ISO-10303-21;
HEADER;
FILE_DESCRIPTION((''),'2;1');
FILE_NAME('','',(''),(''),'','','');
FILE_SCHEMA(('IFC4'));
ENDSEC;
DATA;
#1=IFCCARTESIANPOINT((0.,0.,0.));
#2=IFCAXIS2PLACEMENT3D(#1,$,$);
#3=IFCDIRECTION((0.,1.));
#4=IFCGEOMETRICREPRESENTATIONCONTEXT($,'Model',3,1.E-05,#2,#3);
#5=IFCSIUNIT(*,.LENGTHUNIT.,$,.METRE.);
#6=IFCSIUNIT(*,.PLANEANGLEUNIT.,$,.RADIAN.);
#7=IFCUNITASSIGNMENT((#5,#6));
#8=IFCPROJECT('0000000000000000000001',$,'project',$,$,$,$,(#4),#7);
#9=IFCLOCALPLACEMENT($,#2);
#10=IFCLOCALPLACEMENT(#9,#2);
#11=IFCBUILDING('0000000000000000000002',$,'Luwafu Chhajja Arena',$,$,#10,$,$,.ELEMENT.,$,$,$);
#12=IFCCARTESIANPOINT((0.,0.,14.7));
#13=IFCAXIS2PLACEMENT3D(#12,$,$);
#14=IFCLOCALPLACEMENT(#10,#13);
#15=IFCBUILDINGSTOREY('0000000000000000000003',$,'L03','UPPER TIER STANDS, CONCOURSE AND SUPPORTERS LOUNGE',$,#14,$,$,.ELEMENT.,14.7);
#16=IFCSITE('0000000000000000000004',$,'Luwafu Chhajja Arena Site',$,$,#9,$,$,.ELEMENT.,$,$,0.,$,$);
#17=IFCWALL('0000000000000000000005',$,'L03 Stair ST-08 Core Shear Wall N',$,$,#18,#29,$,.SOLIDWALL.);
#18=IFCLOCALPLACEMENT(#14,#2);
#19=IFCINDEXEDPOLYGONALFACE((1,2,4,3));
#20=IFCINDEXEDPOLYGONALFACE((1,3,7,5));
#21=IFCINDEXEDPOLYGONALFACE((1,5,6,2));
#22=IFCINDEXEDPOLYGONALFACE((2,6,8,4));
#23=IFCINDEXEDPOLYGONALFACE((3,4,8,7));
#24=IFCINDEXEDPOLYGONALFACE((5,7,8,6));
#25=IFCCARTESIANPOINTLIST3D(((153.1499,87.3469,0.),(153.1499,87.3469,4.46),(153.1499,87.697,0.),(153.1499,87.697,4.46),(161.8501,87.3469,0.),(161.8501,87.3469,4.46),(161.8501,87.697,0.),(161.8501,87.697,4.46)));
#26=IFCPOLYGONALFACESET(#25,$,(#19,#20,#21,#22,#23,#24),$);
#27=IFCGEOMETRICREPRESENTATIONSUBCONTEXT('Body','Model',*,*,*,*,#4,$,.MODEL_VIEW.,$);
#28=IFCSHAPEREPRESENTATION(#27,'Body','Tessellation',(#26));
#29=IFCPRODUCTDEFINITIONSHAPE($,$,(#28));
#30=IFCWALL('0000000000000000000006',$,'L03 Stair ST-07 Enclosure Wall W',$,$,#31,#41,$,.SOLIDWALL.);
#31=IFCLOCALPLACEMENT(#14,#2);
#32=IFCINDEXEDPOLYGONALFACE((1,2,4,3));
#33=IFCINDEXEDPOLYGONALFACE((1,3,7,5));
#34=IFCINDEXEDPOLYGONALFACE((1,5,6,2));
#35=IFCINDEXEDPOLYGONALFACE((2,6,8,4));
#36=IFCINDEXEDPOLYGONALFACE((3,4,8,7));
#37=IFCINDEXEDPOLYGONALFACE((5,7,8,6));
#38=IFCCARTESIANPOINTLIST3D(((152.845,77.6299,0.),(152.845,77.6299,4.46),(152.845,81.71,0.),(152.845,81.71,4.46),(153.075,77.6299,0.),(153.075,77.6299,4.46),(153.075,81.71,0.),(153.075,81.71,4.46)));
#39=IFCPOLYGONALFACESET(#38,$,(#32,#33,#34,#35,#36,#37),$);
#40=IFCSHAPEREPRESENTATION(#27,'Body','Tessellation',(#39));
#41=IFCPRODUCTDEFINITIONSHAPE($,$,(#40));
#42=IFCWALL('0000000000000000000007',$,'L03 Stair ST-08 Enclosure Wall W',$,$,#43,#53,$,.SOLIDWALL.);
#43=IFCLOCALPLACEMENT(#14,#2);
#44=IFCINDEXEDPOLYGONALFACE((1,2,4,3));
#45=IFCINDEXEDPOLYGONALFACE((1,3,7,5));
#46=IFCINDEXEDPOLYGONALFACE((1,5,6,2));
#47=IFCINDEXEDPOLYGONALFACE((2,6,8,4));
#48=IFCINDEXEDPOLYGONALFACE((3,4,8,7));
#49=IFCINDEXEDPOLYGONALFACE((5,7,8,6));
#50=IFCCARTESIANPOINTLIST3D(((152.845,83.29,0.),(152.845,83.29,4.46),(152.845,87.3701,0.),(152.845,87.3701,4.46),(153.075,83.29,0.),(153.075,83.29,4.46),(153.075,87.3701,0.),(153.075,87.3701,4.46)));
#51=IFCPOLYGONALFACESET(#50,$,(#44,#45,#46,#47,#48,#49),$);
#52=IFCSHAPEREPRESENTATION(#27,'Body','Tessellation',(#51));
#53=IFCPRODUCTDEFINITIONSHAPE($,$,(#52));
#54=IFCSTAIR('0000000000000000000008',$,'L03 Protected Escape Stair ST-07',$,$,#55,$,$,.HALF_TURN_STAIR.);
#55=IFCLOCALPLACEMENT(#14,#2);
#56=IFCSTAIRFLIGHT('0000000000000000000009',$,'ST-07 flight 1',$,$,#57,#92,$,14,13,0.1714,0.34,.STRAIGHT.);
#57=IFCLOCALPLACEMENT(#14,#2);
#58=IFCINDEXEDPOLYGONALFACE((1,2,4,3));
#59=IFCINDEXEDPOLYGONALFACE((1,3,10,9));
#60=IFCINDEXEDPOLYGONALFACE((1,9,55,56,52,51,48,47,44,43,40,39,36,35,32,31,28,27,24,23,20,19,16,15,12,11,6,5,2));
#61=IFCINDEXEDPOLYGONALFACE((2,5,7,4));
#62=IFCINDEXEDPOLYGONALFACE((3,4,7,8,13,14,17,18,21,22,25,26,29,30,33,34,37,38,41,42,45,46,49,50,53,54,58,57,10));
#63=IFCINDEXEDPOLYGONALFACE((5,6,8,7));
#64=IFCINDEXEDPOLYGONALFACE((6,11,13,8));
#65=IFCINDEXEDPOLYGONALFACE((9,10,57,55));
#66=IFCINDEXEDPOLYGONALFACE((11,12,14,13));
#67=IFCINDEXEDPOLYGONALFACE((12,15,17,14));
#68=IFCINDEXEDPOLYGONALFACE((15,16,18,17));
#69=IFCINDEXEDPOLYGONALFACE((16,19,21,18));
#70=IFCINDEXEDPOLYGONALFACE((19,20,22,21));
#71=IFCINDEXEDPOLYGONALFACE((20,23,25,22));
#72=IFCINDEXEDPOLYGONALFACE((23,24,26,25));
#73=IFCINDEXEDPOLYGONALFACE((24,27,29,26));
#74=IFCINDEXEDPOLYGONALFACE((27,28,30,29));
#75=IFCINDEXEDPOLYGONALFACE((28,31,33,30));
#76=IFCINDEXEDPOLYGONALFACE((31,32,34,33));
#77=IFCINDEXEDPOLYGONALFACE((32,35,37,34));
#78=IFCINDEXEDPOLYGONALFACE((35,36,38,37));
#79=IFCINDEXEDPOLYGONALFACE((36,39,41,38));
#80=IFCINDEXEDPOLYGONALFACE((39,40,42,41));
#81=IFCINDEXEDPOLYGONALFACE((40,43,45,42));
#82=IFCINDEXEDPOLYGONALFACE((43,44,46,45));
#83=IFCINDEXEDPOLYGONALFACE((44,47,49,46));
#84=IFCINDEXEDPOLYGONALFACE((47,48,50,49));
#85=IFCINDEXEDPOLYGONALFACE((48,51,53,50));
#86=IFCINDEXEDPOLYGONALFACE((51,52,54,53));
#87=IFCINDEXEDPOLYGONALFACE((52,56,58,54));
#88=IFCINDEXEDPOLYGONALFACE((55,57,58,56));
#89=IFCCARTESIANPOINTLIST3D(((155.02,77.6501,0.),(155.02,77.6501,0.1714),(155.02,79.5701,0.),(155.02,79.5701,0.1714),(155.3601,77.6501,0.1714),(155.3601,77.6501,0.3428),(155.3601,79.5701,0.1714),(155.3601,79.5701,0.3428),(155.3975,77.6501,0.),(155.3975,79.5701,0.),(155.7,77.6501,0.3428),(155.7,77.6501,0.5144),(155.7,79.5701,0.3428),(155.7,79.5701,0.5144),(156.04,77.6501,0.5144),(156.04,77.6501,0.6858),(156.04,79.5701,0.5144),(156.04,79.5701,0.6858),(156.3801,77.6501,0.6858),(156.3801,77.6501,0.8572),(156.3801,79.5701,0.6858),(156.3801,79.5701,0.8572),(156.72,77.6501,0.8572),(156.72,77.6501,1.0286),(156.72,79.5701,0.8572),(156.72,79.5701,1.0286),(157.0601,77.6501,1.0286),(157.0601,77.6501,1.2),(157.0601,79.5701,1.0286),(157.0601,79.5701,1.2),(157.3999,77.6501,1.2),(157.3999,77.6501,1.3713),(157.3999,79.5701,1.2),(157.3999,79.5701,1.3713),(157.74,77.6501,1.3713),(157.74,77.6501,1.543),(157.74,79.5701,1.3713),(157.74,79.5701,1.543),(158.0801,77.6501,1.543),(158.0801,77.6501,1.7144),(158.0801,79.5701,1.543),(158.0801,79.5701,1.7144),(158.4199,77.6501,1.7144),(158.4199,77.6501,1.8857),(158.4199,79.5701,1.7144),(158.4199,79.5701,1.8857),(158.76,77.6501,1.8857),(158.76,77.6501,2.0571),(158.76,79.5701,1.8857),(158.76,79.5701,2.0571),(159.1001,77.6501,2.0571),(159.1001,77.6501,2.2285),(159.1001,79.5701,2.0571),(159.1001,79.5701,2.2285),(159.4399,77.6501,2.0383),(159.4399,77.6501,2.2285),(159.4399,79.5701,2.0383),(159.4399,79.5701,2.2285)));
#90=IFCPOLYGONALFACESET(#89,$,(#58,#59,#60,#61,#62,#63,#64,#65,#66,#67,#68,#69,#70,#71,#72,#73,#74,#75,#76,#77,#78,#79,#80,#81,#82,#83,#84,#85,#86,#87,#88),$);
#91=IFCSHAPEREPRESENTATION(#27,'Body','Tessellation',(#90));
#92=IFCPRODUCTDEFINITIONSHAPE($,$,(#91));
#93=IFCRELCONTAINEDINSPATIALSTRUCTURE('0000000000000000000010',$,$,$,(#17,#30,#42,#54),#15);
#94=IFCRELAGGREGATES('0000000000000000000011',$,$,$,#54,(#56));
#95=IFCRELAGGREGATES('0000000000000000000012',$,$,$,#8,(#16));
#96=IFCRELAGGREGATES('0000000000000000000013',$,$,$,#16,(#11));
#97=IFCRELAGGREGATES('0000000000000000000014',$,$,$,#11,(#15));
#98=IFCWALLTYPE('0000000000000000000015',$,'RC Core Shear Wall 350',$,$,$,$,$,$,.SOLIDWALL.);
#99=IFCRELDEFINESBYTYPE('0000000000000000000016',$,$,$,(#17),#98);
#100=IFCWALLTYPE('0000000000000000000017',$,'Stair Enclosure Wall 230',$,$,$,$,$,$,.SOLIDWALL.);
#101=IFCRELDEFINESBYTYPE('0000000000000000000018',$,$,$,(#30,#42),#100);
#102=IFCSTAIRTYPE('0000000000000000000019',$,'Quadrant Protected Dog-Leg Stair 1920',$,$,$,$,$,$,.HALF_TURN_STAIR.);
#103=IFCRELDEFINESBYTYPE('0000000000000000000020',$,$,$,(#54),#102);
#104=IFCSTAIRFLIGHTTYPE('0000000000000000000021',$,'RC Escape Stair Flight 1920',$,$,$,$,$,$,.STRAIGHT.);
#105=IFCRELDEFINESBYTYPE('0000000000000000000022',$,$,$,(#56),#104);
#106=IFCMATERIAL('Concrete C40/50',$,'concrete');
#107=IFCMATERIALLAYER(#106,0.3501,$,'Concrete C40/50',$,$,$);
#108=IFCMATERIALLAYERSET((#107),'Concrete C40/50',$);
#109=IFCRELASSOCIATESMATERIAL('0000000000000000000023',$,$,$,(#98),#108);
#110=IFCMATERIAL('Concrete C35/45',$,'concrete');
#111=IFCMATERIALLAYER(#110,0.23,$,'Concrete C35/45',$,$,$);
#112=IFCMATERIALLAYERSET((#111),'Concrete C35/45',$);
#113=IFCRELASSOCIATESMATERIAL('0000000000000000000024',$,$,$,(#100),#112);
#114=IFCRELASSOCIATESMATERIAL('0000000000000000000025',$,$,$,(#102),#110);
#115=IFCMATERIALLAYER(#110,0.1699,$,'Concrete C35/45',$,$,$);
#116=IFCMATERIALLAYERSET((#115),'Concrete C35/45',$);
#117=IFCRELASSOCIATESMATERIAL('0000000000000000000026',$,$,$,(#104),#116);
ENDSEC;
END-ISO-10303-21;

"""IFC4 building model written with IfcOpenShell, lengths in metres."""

from ifc_helpers import new_model, si_unit, direction, frame, frame_2d, origin, place, context, subcontext, project, spatial, polyline, rectangle, outline, extrude, material, layer, layer_set, type_object, element, aggregate, save


model = new_model("IFC4")

# Units and contexts
model_context = context("Model", 3, precision=1e-05, world=origin(), true_north=direction((0.0, 1.0)))
body_context = subcontext(model_context, "Body", "Model", "MODEL_VIEW")
ifc_project = project(units=[si_unit("LENGTHUNIT", "METRE"), si_unit("PLANEANGLEUNIT", "RADIAN")], contexts=[model_context])

# Site, building, storey
site_placement = place(None, origin())
site = spatial("IfcSite", under=ifc_project, at=site_placement, Name="Luwafu Chhajja Arena Site", CompositionType="ELEMENT", RefElevation=0.0)
building_placement = place(site_placement, origin())
building = spatial("IfcBuilding", under=site, at=building_placement, Name="Luwafu Chhajja Arena", CompositionType="ELEMENT")
storey_placement = place(building_placement, frame((0.0, 0.0, 14.7)))
storey = spatial("IfcBuildingStorey", under=building, at=storey_placement, Name="L03", Description="UPPER TIER STANDS, CONCOURSE AND SUPPORTERS LOUNGE", CompositionType="ELEMENT", Elevation=14.7)

# Shared definitions
ifc_material_1 = material(Name="Concrete C40/50", Category="concrete")
ifc_layer_1 = layer(ifc_material_1, 0.3501, Name="Concrete C40/50")
ifc_layer_set_1 = layer_set([ifc_layer_1], Name="Concrete C40/50")
wall_type_1 = type_object("IfcWallType", Name="RC Core Shear Wall 350", PredefinedType="SOLIDWALL", material=ifc_layer_set_1)

# Walls
wall_1_placement = place(storey_placement, frame((153.1499, 87.522, 0.0), z_axis=(0.0, 0.0, 1.0), x_axis=(1.0, 0.0, 0.0)))
element("IfcWall", 1, at=wall_1_placement, inside=storey, type_object=wall_type_1, Name="L03 Stair ST-08 Core Shear Wall N", PredefinedType="SOLIDWALL", context=body_context, shape_type="SweptSolid", body=[
    extrude(rectangle(XDim=8.7002, YDim=0.3501, at=frame_2d((4.3501, 0.0))), origin(), (0.0, 0.0, 1.0), 4.46),
])
ifc_material_2 = material(Name="Concrete C35/45", Category="concrete")
ifc_layer_2 = layer(ifc_material_2, 0.23, Name="Concrete C35/45")
ifc_layer_set_2 = layer_set([ifc_layer_2], Name="Concrete C35/45")
wall_type_2 = type_object("IfcWallType", Name="Stair Enclosure Wall 230", PredefinedType="SOLIDWALL", material=ifc_layer_set_2)
for number, where, z_axis, x_axis, name in (
    (2, (152.96, 77.6299, 0.0), (0.0, 0.0, 1.0), (0.0, 1.0, 0.0), "L03 Stair ST-07 Enclosure Wall W"),
    (3, (152.96, 83.29, 0.0), (0.0, 0.0, 1.0), (0.0, 1.0, 0.0), "L03 Stair ST-08 Enclosure Wall W"),
):
    element("IfcWall", number, at=place(storey_placement, frame(where, z_axis=z_axis, x_axis=x_axis)), inside=storey, type_object=wall_type_2, Name=name, PredefinedType="SOLIDWALL", context=body_context, shape_type="SweptSolid", body=[
        extrude(rectangle(XDim=4.0801, YDim=0.23, at=frame_2d((2.04, 0.0))), origin(), (0.0, 0.0, 1.0), 4.46),
    ])

# Stair, stair flight
stair_type = type_object("IfcStairType", Name="Quadrant Protected Dog-Leg Stair 1920", PredefinedType="HALF_TURN_STAIR", material=ifc_material_2)
stair_placement = place(storey_placement, origin())
stair = element("IfcStair", 4, at=stair_placement, inside=storey, type_object=stair_type, Name="L03 Protected Escape Stair ST-07", PredefinedType="HALF_TURN_STAIR")
ifc_layer_3 = layer(ifc_material_2, 0.1699, Name="Concrete C35/45")
ifc_layer_set_3 = layer_set([ifc_layer_3], Name="Concrete C35/45")
stair_flight_type = type_object("IfcStairFlightType", Name="RC Escape Stair Flight 1920", PredefinedType="STRAIGHT", material=ifc_layer_set_3)
stair_flight_placement = place(storey_placement, frame((155.02, 78.6101, 0.0), z_axis=(0.0, 0.0, 1.0), x_axis=(1.0, 0.0, 0.0)))
stair_flight = element("IfcStairFlight", 5, at=stair_flight_placement, type_object=stair_flight_type, Name="ST-07 flight 1", NumberOfRisers=14, NumberOfTreads=13, PredefinedType="STRAIGHT", RiserHeight=0.1714, TreadLength=0.34, context=body_context, shape_type="SweptSolid", body=[
    extrude(outline(polyline([(0.0, 0.0), (0.0, 0.1714), (0.3401, 0.1714), (0.3401, 0.3428), (0.6799, 0.3428), (0.6799, 0.5144), (1.02, 0.5144), (1.02, 0.6858), (1.3601, 0.6858), (1.3601, 0.8572), (1.7, 0.8572), (1.7, 1.0286), (2.04, 1.0286), (2.04, 1.2), (2.3799, 1.2), (2.3799, 1.3713), (2.72, 1.3713), (2.72, 1.543), (3.0601, 1.543), (3.0601, 1.7144), (3.3999, 1.7144), (3.3999, 1.8857), (3.74, 1.8857), (3.74, 2.0571), (4.0801, 2.0571), (4.0801, 2.2285), (4.4199, 2.2285), (4.4199, 2.3999), (4.4199, 2.0383), (0.3774, 0.0), (0.0, 0.0)])), frame((0.0, 0.96, 0.0), z_axis=(0.0, -1.0, 0.0), x_axis=(1.0, 0.0, 0.0)), (0.0, 0.0, 1.0), 1.9199),
])
aggregate(stair, [stair_flight])

save(model, "model.ifc")
